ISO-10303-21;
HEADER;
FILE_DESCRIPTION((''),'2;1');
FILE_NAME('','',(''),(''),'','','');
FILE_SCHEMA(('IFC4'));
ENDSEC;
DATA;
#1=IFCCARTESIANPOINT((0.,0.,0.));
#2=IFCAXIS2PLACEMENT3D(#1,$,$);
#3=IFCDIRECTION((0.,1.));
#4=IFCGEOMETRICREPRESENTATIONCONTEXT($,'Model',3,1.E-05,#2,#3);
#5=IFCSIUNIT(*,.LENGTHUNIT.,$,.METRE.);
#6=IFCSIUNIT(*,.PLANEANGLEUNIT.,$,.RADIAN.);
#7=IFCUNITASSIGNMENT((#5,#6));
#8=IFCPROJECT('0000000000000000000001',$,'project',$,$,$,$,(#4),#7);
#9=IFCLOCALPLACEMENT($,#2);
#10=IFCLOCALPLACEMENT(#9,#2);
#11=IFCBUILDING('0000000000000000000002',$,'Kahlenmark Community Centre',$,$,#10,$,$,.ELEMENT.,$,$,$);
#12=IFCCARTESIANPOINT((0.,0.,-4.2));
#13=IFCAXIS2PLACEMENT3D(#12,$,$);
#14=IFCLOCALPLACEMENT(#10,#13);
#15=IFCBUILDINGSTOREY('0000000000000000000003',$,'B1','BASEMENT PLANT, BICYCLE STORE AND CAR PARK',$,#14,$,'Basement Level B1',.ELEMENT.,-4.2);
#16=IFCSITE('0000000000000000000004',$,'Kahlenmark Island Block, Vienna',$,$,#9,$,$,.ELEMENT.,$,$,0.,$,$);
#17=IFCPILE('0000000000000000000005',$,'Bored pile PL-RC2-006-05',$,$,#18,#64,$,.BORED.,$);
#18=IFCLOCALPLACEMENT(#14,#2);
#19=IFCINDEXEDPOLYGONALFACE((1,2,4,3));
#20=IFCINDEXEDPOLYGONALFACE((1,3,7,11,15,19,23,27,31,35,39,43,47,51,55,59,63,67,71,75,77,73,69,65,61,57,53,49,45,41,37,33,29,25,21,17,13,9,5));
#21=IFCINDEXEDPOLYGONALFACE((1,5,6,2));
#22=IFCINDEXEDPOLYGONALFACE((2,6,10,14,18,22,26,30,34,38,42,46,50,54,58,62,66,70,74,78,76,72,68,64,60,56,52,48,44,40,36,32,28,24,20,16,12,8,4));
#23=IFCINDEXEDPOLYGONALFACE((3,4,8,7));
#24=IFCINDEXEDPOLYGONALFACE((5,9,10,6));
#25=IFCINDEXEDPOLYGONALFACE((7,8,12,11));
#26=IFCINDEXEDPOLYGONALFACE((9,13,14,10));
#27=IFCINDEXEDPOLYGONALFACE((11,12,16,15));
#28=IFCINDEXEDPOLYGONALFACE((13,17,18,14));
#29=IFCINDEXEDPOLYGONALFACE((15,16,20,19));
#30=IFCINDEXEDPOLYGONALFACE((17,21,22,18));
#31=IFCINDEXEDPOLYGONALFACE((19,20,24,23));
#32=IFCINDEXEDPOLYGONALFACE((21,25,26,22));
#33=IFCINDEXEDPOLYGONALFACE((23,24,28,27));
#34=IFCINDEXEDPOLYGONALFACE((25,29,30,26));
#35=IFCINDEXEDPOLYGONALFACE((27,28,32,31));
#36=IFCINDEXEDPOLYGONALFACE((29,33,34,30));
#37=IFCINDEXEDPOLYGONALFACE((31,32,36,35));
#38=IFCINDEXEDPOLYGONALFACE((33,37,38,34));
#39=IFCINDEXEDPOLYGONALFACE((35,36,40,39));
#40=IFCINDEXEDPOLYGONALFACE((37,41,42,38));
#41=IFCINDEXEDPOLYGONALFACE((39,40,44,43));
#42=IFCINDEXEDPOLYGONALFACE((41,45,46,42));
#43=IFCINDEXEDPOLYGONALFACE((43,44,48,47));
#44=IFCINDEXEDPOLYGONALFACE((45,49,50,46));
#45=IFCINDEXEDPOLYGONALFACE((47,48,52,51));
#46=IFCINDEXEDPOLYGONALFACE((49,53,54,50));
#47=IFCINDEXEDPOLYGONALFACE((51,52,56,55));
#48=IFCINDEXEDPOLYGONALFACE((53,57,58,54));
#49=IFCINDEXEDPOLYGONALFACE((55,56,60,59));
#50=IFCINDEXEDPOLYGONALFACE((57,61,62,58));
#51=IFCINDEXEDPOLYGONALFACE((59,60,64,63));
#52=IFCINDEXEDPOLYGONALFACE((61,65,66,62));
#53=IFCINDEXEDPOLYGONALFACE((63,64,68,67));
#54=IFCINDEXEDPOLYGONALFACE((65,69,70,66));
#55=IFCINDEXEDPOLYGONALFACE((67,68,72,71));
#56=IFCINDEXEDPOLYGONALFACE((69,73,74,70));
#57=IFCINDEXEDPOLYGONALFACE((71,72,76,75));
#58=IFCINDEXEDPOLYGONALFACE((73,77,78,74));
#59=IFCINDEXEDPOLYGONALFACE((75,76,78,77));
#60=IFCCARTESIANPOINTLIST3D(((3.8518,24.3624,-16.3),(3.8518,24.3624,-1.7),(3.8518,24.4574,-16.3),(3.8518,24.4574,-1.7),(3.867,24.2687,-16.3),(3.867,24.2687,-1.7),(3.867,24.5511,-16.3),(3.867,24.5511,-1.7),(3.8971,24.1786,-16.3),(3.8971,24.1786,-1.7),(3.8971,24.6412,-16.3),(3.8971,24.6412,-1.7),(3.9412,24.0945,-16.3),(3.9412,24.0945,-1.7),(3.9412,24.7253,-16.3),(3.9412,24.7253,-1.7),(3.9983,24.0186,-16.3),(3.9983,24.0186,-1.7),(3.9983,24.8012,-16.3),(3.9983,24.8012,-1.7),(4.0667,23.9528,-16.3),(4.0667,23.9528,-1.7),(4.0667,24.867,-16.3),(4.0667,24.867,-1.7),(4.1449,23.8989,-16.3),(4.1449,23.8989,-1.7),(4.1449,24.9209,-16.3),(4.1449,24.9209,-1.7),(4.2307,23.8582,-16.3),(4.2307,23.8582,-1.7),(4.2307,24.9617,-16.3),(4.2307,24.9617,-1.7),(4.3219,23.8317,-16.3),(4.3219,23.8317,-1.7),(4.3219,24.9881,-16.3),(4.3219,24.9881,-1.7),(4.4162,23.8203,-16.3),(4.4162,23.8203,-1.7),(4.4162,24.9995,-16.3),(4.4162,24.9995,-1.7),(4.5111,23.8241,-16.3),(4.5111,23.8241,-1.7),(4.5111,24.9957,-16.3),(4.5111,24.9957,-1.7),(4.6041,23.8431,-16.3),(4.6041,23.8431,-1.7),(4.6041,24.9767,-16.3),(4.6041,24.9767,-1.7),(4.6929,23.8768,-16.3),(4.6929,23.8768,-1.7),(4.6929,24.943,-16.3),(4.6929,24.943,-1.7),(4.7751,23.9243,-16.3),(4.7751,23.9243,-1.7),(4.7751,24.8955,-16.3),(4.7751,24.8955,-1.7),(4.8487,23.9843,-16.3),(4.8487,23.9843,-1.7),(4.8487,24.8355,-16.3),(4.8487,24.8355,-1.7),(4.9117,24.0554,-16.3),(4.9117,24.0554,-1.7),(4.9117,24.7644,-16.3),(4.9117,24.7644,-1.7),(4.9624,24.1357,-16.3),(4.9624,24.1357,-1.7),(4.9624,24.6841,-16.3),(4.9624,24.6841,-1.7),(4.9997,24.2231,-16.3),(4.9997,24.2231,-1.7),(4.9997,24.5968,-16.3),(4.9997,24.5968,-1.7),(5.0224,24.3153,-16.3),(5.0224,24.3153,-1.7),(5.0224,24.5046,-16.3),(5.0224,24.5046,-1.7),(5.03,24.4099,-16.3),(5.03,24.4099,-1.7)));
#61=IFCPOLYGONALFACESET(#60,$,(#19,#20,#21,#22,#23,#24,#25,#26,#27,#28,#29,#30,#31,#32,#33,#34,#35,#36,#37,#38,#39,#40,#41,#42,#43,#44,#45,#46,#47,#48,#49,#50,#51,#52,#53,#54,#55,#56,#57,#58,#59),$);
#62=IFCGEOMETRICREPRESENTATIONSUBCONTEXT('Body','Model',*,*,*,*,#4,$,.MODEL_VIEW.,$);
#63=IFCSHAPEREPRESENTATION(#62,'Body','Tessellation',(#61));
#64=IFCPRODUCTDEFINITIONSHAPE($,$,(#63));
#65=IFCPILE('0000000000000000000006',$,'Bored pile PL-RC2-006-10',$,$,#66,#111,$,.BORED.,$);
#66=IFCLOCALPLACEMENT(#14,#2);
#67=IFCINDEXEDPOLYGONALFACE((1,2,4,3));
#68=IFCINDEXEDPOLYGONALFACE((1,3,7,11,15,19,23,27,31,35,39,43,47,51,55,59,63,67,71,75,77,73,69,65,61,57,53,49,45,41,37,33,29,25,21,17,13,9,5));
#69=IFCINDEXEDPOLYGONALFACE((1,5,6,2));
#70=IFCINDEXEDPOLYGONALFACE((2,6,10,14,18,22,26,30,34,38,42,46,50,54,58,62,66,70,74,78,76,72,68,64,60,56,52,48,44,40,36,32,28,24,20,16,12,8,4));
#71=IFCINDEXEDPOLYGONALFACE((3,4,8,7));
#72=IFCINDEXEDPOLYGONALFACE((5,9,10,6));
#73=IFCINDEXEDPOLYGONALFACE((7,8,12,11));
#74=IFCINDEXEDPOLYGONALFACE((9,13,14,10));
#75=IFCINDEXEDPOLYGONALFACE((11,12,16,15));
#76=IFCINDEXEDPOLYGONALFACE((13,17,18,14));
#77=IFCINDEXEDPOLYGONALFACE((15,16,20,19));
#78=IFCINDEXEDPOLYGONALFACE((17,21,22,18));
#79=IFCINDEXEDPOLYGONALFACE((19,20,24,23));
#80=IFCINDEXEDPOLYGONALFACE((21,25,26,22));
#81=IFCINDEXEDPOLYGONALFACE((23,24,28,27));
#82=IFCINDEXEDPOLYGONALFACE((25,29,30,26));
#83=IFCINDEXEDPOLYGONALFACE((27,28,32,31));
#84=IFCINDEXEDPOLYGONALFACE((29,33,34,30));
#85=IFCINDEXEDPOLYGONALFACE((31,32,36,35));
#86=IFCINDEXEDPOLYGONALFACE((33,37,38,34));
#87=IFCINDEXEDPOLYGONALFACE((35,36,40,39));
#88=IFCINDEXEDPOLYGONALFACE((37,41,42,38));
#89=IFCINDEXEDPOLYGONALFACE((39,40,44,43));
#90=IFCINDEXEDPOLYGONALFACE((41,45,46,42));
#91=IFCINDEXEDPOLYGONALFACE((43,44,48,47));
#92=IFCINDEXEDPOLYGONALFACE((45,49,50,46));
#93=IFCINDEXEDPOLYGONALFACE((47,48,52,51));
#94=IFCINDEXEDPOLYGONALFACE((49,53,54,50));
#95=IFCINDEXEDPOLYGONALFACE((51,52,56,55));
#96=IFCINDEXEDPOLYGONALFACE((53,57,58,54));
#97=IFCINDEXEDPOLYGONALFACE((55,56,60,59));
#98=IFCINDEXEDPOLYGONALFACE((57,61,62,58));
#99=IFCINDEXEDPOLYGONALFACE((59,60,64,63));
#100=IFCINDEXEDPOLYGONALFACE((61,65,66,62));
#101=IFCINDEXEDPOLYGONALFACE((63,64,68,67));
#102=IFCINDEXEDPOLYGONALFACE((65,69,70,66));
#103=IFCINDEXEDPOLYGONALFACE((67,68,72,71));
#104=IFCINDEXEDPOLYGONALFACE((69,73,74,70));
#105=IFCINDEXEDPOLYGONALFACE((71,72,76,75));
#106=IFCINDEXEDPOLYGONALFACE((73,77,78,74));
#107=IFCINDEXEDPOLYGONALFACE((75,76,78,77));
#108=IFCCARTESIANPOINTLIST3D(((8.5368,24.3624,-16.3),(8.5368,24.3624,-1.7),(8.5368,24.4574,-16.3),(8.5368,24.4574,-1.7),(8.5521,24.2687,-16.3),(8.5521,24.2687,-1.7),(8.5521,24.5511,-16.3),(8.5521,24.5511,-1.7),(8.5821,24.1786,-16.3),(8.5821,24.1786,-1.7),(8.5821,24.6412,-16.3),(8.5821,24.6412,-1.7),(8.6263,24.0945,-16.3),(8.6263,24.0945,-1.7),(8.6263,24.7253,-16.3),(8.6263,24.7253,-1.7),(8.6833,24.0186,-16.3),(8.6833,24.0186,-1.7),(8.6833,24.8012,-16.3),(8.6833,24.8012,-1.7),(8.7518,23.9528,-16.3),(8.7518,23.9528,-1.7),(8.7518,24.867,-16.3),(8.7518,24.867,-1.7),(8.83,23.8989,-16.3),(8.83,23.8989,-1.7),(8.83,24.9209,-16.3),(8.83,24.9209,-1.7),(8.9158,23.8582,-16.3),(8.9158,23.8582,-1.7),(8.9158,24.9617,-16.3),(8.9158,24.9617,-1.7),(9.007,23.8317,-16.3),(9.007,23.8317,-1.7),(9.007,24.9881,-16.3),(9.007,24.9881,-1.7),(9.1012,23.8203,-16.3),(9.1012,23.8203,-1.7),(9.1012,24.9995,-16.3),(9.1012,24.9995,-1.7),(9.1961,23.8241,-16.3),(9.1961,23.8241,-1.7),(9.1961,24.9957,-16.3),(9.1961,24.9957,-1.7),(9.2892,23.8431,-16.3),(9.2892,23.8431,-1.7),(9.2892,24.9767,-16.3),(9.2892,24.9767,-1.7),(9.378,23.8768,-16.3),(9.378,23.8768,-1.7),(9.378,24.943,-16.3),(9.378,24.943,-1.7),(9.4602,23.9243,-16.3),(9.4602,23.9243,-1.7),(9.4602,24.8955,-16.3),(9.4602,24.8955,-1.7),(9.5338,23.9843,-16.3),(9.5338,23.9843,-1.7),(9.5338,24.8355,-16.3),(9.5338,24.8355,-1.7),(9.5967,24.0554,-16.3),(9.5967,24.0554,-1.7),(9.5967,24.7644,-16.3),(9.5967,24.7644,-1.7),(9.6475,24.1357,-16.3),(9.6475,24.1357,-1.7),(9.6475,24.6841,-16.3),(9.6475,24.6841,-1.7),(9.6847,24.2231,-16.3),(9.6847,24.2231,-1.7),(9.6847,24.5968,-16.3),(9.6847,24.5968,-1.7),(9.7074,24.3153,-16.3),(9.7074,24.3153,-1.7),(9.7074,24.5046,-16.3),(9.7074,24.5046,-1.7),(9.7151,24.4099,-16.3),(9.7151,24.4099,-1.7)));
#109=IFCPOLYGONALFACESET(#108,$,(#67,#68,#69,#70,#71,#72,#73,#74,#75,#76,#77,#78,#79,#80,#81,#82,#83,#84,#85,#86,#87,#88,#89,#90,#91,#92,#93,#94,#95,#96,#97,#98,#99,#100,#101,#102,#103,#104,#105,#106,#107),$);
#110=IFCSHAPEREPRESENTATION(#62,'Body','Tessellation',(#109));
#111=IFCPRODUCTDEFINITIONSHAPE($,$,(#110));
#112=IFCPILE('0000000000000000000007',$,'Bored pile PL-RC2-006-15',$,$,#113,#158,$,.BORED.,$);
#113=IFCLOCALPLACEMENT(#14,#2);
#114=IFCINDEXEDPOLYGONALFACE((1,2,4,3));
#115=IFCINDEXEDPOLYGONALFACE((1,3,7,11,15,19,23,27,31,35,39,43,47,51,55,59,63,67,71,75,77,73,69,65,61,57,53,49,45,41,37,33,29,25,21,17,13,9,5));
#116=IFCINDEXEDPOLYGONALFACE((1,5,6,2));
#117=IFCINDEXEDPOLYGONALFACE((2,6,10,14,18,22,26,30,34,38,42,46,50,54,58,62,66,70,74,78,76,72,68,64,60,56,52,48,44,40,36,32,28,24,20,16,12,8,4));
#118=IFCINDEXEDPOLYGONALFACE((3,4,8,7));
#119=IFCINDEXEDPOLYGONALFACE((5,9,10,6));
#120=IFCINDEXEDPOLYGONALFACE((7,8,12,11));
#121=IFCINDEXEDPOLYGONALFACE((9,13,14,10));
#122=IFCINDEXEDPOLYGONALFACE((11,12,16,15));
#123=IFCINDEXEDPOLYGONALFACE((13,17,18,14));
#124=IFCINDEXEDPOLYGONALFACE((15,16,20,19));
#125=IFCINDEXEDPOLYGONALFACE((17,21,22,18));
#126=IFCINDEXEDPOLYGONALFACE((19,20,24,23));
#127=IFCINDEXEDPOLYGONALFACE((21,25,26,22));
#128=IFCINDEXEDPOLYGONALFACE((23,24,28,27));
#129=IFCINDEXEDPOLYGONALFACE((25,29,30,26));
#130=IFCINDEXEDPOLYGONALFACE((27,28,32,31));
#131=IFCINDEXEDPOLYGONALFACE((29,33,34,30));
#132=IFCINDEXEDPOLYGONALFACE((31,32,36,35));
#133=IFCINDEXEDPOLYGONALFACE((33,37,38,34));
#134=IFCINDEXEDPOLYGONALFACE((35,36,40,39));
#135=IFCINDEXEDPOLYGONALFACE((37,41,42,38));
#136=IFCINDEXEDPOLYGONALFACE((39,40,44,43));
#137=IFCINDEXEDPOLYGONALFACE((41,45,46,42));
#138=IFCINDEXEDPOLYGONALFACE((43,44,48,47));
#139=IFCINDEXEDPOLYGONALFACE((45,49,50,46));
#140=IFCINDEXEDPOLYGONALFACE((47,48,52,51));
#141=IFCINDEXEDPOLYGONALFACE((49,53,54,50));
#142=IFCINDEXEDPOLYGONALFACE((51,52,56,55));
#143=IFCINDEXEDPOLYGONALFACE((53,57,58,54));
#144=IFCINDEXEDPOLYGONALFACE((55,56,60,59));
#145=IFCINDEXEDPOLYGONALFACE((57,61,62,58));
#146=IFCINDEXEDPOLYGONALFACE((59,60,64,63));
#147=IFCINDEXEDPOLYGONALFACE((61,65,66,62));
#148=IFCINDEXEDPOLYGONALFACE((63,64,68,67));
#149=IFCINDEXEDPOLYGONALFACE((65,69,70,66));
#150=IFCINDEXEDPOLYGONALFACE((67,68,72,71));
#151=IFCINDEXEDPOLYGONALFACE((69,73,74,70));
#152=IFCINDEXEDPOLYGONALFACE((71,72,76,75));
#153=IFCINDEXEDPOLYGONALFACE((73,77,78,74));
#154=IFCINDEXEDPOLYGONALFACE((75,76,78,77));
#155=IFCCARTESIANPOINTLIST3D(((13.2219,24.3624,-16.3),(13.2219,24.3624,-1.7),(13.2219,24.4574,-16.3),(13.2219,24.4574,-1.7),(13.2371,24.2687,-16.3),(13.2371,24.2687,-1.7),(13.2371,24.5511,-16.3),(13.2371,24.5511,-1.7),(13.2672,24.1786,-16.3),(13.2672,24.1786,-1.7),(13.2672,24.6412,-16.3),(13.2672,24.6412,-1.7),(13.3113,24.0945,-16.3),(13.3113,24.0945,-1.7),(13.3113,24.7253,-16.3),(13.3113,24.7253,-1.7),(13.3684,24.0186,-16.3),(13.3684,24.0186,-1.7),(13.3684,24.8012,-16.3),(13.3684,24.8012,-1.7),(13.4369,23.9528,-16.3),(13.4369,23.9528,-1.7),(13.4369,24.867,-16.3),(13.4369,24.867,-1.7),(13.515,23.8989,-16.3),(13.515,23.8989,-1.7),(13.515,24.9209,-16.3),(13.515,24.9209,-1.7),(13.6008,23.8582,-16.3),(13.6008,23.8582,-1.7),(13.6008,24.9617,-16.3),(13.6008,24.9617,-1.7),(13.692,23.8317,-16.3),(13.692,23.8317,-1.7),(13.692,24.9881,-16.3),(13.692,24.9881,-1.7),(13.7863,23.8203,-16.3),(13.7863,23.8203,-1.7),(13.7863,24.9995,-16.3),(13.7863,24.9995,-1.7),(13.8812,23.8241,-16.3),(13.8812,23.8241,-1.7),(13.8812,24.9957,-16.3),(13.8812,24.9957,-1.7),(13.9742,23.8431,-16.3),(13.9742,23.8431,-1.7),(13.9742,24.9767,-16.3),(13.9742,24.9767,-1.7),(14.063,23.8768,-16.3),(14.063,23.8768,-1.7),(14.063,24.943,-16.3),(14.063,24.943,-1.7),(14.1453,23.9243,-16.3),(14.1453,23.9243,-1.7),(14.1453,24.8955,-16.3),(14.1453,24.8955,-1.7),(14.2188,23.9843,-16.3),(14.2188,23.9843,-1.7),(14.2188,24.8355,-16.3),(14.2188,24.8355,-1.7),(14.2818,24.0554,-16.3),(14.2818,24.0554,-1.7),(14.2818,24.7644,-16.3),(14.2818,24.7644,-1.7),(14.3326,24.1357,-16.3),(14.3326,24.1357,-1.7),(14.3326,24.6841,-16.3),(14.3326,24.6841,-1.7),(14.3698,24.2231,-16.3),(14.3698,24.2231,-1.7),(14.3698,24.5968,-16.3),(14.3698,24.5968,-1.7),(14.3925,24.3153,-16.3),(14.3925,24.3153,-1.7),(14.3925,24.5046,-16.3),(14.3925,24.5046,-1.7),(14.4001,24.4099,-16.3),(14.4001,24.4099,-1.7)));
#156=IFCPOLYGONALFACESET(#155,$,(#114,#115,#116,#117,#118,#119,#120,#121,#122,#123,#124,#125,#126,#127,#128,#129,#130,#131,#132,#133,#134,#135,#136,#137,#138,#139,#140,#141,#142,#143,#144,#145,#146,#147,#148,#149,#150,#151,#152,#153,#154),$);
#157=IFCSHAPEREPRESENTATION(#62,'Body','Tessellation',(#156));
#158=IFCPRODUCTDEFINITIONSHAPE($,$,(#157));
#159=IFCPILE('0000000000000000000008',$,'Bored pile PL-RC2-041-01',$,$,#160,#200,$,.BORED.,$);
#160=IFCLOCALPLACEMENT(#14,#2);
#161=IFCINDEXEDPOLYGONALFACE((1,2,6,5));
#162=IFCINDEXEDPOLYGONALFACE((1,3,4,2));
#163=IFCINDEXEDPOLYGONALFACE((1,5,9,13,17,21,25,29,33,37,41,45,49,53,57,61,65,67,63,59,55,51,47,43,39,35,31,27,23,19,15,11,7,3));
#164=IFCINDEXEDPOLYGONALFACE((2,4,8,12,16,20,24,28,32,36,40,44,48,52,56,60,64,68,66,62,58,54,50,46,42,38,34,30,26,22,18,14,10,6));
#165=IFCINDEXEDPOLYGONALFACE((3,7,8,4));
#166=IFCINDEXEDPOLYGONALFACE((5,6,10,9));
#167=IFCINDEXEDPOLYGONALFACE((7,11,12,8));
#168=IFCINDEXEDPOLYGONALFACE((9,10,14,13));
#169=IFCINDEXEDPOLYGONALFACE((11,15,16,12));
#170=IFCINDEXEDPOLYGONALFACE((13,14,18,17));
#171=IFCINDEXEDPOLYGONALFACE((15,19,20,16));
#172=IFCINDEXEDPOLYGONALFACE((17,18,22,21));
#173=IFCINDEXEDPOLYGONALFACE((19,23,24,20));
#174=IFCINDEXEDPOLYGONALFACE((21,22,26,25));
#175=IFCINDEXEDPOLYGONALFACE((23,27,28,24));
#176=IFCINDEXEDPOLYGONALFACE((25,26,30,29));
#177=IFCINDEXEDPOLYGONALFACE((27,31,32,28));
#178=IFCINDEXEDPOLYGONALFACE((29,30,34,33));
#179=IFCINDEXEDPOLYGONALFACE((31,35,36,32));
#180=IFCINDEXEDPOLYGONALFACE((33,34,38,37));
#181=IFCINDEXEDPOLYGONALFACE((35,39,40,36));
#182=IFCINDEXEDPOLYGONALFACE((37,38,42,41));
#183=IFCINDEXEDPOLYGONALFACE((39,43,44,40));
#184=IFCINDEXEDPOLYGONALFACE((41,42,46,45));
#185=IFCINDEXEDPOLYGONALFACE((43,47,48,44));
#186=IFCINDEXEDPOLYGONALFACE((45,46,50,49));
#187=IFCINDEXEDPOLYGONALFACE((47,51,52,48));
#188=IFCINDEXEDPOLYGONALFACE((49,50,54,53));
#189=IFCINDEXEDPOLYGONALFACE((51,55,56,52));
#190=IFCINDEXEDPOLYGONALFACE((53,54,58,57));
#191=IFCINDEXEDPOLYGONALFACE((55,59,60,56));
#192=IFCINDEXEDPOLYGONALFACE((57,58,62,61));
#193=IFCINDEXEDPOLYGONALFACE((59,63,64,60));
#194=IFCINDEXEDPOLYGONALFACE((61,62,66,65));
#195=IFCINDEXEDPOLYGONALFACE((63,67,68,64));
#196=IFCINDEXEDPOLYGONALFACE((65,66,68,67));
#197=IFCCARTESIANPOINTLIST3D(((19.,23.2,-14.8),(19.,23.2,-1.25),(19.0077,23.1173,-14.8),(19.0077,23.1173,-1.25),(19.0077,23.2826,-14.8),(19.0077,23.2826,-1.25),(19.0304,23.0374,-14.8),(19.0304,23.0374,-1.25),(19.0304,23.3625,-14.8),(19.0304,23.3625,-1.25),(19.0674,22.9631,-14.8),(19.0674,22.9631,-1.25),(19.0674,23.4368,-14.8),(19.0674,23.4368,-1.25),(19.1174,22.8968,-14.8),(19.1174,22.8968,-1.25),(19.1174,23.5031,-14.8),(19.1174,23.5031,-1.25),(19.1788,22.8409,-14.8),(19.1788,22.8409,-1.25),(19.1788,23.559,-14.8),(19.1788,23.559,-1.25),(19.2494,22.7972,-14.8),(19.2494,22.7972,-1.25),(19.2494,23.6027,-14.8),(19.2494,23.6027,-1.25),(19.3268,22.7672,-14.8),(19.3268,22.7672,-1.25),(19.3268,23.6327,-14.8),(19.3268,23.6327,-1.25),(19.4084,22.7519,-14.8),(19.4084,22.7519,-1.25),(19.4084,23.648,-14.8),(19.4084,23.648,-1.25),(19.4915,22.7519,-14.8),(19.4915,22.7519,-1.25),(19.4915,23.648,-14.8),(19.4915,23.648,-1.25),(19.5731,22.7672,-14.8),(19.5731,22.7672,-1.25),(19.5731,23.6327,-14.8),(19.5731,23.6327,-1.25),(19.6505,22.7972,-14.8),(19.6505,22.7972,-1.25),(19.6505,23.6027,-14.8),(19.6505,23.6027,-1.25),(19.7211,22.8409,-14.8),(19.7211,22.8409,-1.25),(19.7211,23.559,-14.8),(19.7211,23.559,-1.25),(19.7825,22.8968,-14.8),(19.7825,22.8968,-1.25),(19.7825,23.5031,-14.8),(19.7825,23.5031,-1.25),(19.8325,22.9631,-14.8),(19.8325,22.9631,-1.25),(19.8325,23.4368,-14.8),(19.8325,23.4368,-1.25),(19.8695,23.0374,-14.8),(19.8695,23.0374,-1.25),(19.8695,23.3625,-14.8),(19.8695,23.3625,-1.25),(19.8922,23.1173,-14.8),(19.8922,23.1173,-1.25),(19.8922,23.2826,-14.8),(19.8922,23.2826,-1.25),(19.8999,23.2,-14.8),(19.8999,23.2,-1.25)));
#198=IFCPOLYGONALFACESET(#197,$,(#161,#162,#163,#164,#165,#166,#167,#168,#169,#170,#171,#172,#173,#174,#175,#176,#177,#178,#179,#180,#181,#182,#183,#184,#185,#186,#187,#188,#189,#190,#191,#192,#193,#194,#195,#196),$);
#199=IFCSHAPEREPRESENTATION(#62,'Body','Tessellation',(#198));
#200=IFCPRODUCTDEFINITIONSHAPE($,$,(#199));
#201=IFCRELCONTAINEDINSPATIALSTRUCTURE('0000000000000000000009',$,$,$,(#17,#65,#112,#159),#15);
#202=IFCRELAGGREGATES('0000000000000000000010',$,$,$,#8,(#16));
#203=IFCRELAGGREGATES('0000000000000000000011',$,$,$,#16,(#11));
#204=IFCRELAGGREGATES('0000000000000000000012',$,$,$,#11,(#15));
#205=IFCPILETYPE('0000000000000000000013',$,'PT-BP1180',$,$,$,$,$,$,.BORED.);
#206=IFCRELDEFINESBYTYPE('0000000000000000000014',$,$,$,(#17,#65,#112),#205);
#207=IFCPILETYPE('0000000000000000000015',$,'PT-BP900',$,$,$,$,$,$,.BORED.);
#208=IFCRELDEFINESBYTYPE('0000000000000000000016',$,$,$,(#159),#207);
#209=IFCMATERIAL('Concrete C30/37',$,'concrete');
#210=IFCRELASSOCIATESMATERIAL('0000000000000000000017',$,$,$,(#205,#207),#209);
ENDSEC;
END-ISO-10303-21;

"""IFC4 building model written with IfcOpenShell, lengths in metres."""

from ifc_helpers import new_model, si_unit, direction, frame, origin, origin_2d, place, context, subcontext, project, spatial, circle, extrude, material, material_profile, profile_set, type_object, element, save


model = new_model("IFC4")

# Units and contexts
model_context = context("Model", 3, precision=1e-05, world=origin(), true_north=direction((0.0, 1.0)))
body_context = subcontext(model_context, "Body", "Model", "MODEL_VIEW")
ifc_project = project(units=[si_unit("LENGTHUNIT", "METRE"), si_unit("PLANEANGLEUNIT", "RADIAN")], contexts=[model_context])

# Site, building, storey
site_placement = place(None, origin())
site = spatial("IfcSite", under=ifc_project, at=site_placement, Name="Kahlenmark Island Block, Vienna", CompositionType="ELEMENT", RefElevation=0.0)
building_placement = place(site_placement, origin())
building = spatial("IfcBuilding", under=site, at=building_placement, Name="Kahlenmark Community Centre", CompositionType="ELEMENT")
storey_placement = place(building_placement, frame((0.0, 0.0, -4.2)))
storey = spatial("IfcBuildingStorey", under=building, at=storey_placement, Name="B1", Description="BASEMENT PLANT, BICYCLE STORE AND CAR PARK", LongName="Basement Level B1", CompositionType="ELEMENT", Elevation=-4.2)

# Shared definitions
ifc_material_1 = material(Name="Concrete C30/37", Category="concrete")

# Piles
ifc_material_profile_1 = material_profile(ifc_material_1, circle(Radius=0.5901, at=origin_2d()), Name="BORED PILE 1180")
ifc_profile_set_1 = profile_set([ifc_material_profile_1], Name="Concrete C30/37")
pile_type_1 = type_object("IfcPileType", Name="PT-BP1180", PredefinedType="BORED", material=ifc_profile_set_1)
for number, where, z_axis, x_axis, name in (
    (1, (4.4399, 24.4099, -1.7), (0.0, 0.0, -1.0), (1.0, 0.0, 0.0), "Bored pile PL-RC2-006-05"),
    (2, (9.125, 24.4099, -1.7), (0.0, 0.0, -1.0), (1.0, 0.0, 0.0), "Bored pile PL-RC2-006-10"),
    (3, (13.8101, 24.4099, -1.7), (0.0, 0.0, -1.0), (1.0, 0.0, 0.0), "Bored pile PL-RC2-006-15"),
):
    element("IfcPile", number, at=place(storey_placement, frame(where, z_axis=z_axis, x_axis=x_axis)), inside=storey, type_object=pile_type_1, Name=name, PredefinedType="BORED", context=body_context, shape_type="SweptSolid", body=[
        extrude(circle(Radius=0.5901, at=origin_2d()), origin(), (0.0, 0.0, 1.0), 14.6001),
    ])
ifc_material_profile_2 = material_profile(ifc_material_1, circle(Radius=0.45, at=origin_2d()), Name="BORED PILE 900")
ifc_profile_set_2 = profile_set([ifc_material_profile_2], Name="Concrete C30/37")
pile_type_2 = type_object("IfcPileType", Name="PT-BP900", PredefinedType="BORED", material=ifc_profile_set_2)
for number, where, z_axis, x_axis, name in (
    (4, (19.45, 23.2, -1.25), (0.0, 0.0, -1.0), (1.0, 0.0, 0.0), "Bored pile PL-RC2-041-01"),
):
    element("IfcPile", number, at=place(storey_placement, frame(where, z_axis=z_axis, x_axis=x_axis)), inside=storey, type_object=pile_type_2, Name=name, PredefinedType="BORED", context=body_context, shape_type="SweptSolid", body=[
        extrude(circle(Radius=0.45, at=origin_2d()), origin(), (0.0, 0.0, 1.0), 13.55),
    ])

save(model, "model.ifc")
